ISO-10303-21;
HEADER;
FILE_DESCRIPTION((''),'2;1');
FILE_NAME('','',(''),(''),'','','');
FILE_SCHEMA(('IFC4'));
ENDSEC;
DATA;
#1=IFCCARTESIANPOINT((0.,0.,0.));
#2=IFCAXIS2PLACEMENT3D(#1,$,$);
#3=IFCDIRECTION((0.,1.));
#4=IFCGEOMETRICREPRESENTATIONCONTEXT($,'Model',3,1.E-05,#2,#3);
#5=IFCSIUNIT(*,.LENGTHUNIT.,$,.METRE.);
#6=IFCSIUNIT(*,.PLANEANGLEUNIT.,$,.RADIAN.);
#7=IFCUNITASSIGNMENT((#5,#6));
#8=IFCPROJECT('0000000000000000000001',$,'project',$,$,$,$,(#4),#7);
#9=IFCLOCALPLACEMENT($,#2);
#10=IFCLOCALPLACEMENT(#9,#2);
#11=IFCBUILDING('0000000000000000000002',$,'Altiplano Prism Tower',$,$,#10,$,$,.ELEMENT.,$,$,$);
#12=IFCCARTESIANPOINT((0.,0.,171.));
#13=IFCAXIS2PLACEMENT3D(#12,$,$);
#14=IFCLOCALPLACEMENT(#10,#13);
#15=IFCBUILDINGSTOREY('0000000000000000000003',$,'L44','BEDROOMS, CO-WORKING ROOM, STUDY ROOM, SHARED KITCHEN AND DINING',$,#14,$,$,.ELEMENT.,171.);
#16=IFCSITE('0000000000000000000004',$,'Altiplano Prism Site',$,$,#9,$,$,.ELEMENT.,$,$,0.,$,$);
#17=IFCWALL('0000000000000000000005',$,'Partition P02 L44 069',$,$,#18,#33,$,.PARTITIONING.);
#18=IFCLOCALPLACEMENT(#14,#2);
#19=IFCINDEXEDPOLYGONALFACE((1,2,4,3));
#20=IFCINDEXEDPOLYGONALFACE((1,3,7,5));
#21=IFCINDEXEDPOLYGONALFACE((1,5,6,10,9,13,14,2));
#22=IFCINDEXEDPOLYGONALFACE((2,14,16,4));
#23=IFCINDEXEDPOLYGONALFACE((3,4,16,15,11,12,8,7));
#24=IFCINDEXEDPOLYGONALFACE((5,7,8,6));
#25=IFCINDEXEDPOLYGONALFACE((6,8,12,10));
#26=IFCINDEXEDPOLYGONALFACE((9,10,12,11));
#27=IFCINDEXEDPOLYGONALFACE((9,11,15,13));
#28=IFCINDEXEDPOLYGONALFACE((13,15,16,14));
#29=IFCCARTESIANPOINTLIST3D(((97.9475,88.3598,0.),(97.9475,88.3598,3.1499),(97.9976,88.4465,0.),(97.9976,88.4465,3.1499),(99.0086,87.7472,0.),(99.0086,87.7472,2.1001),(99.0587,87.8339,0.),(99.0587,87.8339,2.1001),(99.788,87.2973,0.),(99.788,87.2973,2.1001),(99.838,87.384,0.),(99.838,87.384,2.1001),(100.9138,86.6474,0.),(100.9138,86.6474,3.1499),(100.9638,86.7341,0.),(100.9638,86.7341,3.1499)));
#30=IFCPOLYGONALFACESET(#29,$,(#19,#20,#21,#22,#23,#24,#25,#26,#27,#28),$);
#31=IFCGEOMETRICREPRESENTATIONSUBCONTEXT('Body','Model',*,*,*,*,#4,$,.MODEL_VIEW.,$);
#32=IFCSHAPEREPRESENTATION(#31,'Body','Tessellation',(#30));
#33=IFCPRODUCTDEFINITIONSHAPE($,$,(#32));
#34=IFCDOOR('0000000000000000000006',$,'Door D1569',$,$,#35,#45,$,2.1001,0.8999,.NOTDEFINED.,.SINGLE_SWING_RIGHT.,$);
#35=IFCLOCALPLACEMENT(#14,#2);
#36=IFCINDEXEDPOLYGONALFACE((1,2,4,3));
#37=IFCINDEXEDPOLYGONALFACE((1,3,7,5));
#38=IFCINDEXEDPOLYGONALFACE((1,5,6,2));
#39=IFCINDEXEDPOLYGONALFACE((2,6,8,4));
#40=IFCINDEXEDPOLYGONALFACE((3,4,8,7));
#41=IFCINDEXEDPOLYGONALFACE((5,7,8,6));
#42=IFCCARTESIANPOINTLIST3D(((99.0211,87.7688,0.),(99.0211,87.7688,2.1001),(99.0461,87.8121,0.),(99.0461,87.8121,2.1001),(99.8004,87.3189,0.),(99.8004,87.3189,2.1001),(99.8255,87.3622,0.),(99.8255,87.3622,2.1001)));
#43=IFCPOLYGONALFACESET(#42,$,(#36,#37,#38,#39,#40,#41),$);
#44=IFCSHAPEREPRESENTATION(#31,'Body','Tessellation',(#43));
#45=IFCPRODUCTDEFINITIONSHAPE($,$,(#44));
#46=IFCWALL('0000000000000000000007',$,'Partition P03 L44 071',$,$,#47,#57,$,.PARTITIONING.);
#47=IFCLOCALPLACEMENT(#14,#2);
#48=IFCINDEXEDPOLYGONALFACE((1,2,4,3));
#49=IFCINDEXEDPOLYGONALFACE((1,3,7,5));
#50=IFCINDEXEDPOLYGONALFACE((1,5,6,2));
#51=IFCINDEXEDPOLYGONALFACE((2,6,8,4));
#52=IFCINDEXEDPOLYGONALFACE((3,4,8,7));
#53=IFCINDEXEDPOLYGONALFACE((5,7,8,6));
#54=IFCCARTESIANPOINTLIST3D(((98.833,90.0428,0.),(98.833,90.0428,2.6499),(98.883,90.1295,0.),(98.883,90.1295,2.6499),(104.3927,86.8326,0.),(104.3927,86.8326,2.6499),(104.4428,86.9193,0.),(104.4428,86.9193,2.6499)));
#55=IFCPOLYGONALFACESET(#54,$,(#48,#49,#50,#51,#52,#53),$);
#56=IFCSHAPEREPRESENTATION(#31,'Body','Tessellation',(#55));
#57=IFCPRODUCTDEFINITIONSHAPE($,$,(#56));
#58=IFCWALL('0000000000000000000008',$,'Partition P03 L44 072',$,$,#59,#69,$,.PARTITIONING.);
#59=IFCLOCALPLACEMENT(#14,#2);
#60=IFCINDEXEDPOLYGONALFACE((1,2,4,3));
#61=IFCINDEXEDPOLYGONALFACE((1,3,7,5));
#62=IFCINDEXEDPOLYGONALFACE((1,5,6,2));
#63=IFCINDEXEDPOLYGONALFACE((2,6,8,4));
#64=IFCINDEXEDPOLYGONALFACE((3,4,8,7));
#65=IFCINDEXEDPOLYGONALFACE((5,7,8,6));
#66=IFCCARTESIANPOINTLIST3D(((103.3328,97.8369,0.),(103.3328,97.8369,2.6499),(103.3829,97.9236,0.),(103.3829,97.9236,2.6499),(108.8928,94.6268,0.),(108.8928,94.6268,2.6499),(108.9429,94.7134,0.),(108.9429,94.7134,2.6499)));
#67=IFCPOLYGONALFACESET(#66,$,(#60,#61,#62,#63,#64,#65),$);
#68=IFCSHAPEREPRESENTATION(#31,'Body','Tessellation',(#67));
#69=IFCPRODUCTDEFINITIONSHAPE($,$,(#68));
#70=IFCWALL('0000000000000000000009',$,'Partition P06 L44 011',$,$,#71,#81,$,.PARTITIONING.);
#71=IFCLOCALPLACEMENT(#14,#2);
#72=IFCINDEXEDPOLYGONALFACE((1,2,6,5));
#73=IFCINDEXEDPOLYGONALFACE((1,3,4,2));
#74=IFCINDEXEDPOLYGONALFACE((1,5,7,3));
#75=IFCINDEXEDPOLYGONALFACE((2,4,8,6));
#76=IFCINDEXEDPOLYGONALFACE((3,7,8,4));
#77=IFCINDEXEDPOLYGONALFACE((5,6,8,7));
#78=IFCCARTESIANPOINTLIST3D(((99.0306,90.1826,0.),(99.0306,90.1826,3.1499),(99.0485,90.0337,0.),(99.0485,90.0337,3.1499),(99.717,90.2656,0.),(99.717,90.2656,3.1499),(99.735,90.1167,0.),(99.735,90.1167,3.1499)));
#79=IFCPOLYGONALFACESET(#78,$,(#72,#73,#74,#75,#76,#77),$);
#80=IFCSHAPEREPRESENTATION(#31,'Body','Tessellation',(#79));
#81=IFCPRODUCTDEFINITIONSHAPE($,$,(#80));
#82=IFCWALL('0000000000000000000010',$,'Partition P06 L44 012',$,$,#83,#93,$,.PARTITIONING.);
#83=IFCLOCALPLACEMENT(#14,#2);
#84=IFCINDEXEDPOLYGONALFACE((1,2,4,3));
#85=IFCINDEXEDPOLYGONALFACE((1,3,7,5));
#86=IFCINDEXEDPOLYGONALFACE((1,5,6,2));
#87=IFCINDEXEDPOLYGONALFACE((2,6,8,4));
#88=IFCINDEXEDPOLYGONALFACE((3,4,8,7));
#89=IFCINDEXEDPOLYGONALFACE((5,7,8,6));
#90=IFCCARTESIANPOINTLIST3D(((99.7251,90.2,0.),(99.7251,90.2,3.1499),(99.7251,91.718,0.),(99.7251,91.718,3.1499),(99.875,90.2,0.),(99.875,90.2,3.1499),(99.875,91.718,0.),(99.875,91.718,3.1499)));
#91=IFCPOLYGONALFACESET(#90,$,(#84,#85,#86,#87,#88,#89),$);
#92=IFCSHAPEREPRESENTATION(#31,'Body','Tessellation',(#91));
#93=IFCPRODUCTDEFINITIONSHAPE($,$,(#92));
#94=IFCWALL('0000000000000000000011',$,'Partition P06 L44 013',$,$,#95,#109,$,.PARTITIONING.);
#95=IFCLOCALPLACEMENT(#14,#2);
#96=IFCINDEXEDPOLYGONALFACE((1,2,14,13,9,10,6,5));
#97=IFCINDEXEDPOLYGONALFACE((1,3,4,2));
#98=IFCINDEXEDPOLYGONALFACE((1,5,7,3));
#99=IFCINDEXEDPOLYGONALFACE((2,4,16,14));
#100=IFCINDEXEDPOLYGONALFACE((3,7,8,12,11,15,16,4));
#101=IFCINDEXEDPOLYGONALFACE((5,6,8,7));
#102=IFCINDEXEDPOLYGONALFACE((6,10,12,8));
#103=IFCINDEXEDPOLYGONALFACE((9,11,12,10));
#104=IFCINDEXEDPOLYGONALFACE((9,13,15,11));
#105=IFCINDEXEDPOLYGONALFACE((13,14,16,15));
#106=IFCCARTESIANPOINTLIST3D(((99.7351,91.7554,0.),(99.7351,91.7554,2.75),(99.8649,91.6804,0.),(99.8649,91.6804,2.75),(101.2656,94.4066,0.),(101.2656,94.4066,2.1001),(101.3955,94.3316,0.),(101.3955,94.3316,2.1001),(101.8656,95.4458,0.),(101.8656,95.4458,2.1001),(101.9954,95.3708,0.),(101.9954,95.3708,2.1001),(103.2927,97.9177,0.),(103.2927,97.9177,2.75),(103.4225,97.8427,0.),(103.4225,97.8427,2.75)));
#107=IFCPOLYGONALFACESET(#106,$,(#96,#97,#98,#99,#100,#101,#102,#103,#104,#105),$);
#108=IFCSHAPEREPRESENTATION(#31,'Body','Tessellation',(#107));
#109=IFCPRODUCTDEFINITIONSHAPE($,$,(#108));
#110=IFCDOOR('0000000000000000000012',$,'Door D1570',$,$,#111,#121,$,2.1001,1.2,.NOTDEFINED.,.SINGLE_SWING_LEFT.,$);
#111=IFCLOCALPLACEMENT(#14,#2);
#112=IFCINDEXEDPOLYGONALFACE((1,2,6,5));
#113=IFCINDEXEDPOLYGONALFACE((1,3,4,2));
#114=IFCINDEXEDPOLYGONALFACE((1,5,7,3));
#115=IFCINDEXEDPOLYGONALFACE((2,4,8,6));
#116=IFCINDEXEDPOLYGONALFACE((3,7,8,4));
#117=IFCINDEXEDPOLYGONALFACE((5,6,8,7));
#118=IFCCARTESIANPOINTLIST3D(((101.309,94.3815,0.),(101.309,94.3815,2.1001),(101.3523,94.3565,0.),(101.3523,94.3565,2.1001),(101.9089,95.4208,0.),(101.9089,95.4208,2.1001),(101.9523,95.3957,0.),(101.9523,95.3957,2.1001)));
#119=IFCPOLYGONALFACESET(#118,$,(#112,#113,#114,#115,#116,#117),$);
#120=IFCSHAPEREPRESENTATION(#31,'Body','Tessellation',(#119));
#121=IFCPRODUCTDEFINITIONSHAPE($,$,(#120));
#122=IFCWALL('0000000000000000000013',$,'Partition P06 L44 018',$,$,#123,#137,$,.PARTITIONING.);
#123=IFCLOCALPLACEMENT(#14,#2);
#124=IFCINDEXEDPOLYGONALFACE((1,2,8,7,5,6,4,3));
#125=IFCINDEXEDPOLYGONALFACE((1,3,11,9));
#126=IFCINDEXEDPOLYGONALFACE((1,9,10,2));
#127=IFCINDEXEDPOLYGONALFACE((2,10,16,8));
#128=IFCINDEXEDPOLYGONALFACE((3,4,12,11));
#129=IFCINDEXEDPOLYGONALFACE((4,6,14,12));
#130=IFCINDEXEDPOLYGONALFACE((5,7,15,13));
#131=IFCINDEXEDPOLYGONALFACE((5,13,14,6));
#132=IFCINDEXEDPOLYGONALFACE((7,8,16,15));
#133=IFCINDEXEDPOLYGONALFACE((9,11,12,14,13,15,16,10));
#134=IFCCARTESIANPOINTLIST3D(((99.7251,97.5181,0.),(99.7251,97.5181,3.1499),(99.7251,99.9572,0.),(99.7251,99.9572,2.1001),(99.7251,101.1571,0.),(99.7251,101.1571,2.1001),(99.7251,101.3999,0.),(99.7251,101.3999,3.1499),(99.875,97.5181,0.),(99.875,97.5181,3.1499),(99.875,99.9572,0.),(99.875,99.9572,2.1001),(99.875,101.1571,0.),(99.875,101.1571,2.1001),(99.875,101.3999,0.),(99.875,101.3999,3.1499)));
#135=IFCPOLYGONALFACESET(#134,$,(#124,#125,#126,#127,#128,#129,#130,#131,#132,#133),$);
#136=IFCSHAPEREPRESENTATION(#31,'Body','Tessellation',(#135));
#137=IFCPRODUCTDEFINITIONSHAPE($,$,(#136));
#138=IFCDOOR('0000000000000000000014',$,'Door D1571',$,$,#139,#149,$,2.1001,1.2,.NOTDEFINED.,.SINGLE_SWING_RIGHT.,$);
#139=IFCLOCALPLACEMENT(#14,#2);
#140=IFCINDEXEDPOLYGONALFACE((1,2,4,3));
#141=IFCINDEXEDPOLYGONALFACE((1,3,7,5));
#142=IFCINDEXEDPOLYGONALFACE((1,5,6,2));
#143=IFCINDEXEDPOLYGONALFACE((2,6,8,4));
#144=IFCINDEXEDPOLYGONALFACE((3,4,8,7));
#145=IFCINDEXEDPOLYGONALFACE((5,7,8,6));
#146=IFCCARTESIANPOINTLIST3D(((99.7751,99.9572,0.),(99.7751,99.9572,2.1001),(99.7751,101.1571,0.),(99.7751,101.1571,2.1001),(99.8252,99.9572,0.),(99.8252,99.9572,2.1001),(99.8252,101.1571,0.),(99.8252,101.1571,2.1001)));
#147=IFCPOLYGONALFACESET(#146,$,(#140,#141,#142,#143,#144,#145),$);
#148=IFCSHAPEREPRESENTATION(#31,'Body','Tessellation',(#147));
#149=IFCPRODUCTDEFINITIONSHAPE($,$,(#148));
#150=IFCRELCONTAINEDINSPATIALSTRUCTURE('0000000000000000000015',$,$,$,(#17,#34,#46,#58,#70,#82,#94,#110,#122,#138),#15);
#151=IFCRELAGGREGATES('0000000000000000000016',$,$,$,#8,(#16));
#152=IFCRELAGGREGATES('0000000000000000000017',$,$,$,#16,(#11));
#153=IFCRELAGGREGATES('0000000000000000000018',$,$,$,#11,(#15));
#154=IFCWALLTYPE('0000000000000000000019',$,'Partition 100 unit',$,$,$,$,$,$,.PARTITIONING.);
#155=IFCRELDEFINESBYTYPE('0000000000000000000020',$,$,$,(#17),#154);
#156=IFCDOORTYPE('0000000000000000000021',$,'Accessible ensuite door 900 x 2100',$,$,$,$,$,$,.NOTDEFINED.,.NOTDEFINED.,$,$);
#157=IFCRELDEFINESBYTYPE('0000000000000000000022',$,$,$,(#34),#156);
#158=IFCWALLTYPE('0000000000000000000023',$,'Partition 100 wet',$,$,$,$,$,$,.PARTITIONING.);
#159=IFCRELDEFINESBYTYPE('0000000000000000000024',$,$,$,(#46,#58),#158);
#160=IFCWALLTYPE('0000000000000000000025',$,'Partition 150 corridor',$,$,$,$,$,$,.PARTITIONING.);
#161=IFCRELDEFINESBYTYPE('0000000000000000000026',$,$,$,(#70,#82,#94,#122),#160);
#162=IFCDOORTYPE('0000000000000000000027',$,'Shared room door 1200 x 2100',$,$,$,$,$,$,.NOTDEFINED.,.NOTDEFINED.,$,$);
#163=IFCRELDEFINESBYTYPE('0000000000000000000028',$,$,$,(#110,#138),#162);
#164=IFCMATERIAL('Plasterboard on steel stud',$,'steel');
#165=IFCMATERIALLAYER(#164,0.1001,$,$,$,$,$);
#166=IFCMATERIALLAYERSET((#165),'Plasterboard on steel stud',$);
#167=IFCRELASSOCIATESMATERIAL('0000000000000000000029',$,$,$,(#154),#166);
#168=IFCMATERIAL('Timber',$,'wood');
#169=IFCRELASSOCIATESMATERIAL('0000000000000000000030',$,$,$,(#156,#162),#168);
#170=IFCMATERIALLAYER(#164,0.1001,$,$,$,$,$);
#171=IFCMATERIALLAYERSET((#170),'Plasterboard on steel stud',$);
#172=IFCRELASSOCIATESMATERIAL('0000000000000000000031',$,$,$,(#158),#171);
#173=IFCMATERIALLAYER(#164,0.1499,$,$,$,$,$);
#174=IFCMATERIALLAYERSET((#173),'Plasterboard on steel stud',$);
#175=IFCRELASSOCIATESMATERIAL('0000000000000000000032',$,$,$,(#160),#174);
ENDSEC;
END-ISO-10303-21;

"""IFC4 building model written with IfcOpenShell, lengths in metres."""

from ifc_helpers import new_model, si_unit, direction, frame, frame_2d, origin, place, context, subcontext, project, spatial, rectangle, extrude, material, layer, layer_set, type_object, element, fill, save


model = new_model("IFC4")

# Units and contexts
model_context = context("Model", 3, precision=1e-05, world=origin(), true_north=direction((0.0, 1.0)))
body_context = subcontext(model_context, "Body", "Model", "MODEL_VIEW")
ifc_project = project(units=[si_unit("LENGTHUNIT", "METRE"), si_unit("PLANEANGLEUNIT", "RADIAN")], contexts=[model_context])

# Site, building, storey
site_placement = place(None, origin())
site = spatial("IfcSite", under=ifc_project, at=site_placement, Name="Altiplano Prism Site", CompositionType="ELEMENT", RefElevation=0.0)
building_placement = place(site_placement, origin())
building = spatial("IfcBuilding", under=site, at=building_placement, Name="Altiplano Prism Tower", CompositionType="ELEMENT")
storey_placement = place(building_placement, frame((0.0, 0.0, 171.0)))
storey = spatial("IfcBuildingStorey", under=building, at=storey_placement, Name="L44", Description="BEDROOMS, CO-WORKING ROOM, STUDY ROOM, SHARED KITCHEN AND DINING", CompositionType="ELEMENT", Elevation=171.0)

# Wall, opening, door
ifc_material_1 = material(Name="Plasterboard on steel stud", Category="steel")
ifc_layer_1 = layer(ifc_material_1, 0.1001)
ifc_layer_set_1 = layer_set([ifc_layer_1], Name="Plasterboard on steel stud")
wall_type_1 = type_object("IfcWallType", Name="Partition 100 unit", PredefinedType="PARTITIONING", material=ifc_layer_set_1)
wall_1_placement = place(storey_placement, frame((97.9727, 88.4031, 0.0), z_axis=(0.0, 0.0, 1.0), x_axis=(0.86605, -0.499957, 0.0)))
wall_1 = element("IfcWall", 1, at=wall_1_placement, inside=storey, type_object=wall_type_1, Name="Partition P02 L44 069", PredefinedType="PARTITIONING", context=body_context, shape_type="SweptSolid", body=[
    extrude(rectangle(XDim=3.425, YDim=0.1001, at=frame_2d((1.7124, 0.0))), origin(), (0.0, 0.0, 1.0), 3.1499),
])
opening_1_placement = place(wall_1_placement, frame((1.2251, 0.0, 0.0)))
opening_1 = element("IfcOpeningElement", 2, at=opening_1_placement, cuts=wall_1, PredefinedType="OPENING", context=body_context, shape_type="SweptSolid", body=[
    extrude(rectangle(XDim=0.8999, YDim=2.1001, at=frame_2d((0.45, 1.05))), frame((0.0, 0.0605, 0.0), z_axis=(0.0, -1.0, 0.0), x_axis=(1.0, 0.0, 0.0)), (0.0, 0.0, 1.0), 0.1211),
])
ifc_material_2 = material(Name="Timber", Category="wood")
door_type_1 = type_object("IfcDoorType", Name="Accessible ensuite door 900 x 2100", OperationType="NOTDEFINED", PredefinedType="NOTDEFINED", material=ifc_material_2)
door_1_placement = place(opening_1_placement, origin())
door_1 = element("IfcDoor", 3, at=door_1_placement, inside=storey, type_object=door_type_1, Name="Door D1569", OperationType="SINGLE_SWING_RIGHT", OverallHeight=2.1001, OverallWidth=0.8999, PredefinedType="NOTDEFINED", context=body_context, shape_type="SweptSolid", body=[
    extrude(rectangle(XDim=0.8999, YDim=2.1001, at=frame_2d((0.45, 1.05))), frame((0.0, 0.0249, 0.0), z_axis=(0.0, -1.0, 0.0), x_axis=(1.0, 0.0, 0.0)), (0.0, 0.0, 1.0), 0.05),
])
fill(opening_1, door_1)

# Walls
ifc_layer_2 = layer(ifc_material_1, 0.1001)
ifc_layer_set_2 = layer_set([ifc_layer_2], Name="Plasterboard on steel stud")
wall_type_2 = type_object("IfcWallType", Name="Partition 100 wet", PredefinedType="PARTITIONING", material=ifc_layer_set_2)
wall_2_placement = place(storey_placement, frame((104.4177, 86.876, 0.0), z_axis=(0.0, 0.0, 1.0), x_axis=(-0.866009, 0.500029, 0.0)))
element("IfcWall", 4, at=wall_2_placement, inside=storey, type_object=wall_type_2, Name="Partition P03 L44 071", PredefinedType="PARTITIONING", context=body_context, shape_type="SweptSolid", body=[
    extrude(rectangle(XDim=6.4199, YDim=0.1001, at=frame_2d((3.21, 0.0))), origin(), (0.0, 0.0, 1.0), 2.6499),
])
wall_3_placement = place(storey_placement, frame((108.9177, 94.6702, 0.0), z_axis=(0.0, 0.0, 1.0), x_axis=(-0.866018, 0.500012, 0.0)))
element("IfcWall", 5, at=wall_3_placement, inside=storey, type_object=wall_type_2, Name="Partition P03 L44 072", PredefinedType="PARTITIONING", context=body_context, shape_type="SweptSolid", body=[
    extrude(rectangle(XDim=6.4202, YDim=0.1001, at=frame_2d((3.21, 0.0))), origin(), (0.0, 0.0, 1.0), 2.6499),
])
ifc_layer_3 = layer(ifc_material_1, 0.1499)
ifc_layer_set_3 = layer_set([ifc_layer_3], Name="Plasterboard on steel stud")
wall_type_3 = type_object("IfcWallType", Name="Partition 150 corridor", PredefinedType="PARTITIONING", material=ifc_layer_set_3)
wall_4_placement = place(storey_placement, frame((99.0396, 90.1082, 0.0), z_axis=(0.0, 0.0, 1.0), x_axis=(0.99277, 0.120036, 0.0)))
element("IfcWall", 6, at=wall_4_placement, inside=storey, type_object=wall_type_3, Name="Partition P06 L44 011", PredefinedType="PARTITIONING", context=body_context, shape_type="SweptSolid", body=[
    extrude(rectangle(XDim=0.6914, YDim=0.1499, at=frame_2d((0.3457, 0.0))), origin(), (0.0, 0.0, 1.0), 3.1499),
])
wall_5_placement = place(storey_placement, frame((99.8, 90.2, 0.0), z_axis=(0.0, 0.0, 1.0), x_axis=(0.0, 1.0, 0.0)))
element("IfcWall", 7, at=wall_5_placement, inside=storey, type_object=wall_type_3, Name="Partition P06 L44 012", PredefinedType="PARTITIONING", context=body_context, shape_type="SweptSolid", body=[
    extrude(rectangle(XDim=1.5181, YDim=0.1499, at=frame_2d((0.759, 0.0))), origin(), (0.0, 0.0, 1.0), 3.1499),
])

# Walls, openings, doors
wall_6_placement = place(storey_placement, frame((99.8, 91.718, 0.0), z_axis=(0.0, 0.0, 1.0), x_axis=(0.499977, 0.866039, 0.0)))
wall_6 = element("IfcWall", 8, at=wall_6_placement, inside=storey, type_object=wall_type_3, Name="Partition P06 L44 013", PredefinedType="PARTITIONING", context=body_context, shape_type="SweptSolid", body=[
    extrude(rectangle(XDim=7.1155, YDim=0.1499, at=frame_2d((3.5576, 0.0))), origin(), (0.0, 0.0, 1.0), 2.75),
])
opening_2_placement = place(wall_6_placement, frame((3.061, 0.0, 0.0)))
opening_2 = element("IfcOpeningElement", 9, at=opening_2_placement, cuts=wall_6, PredefinedType="OPENING", context=body_context, shape_type="SweptSolid", body=[
    extrude(rectangle(XDim=1.2, YDim=2.1001, at=frame_2d((0.6001, 1.05))), frame((0.0, 0.0854, 0.0), z_axis=(0.0, -1.0, 0.0), x_axis=(1.0, 0.0, 0.0)), (0.0, 0.0, 1.0), 0.1709),
])
door_type_2 = type_object("IfcDoorType", Name="Shared room door 1200 x 2100", OperationType="NOTDEFINED", PredefinedType="NOTDEFINED", material=ifc_material_2)
door_2_placement = place(opening_2_placement, origin())
door_2 = element("IfcDoor", 10, at=door_2_placement, inside=storey, type_object=door_type_2, Name="Door D1570", OperationType="SINGLE_SWING_LEFT", OverallHeight=2.1001, OverallWidth=1.2, PredefinedType="NOTDEFINED", context=body_context, shape_type="SweptSolid", body=[
    extrude(rectangle(XDim=1.2, YDim=2.1001, at=frame_2d((0.6001, 1.05))), frame((0.0, 0.0249, 0.0), z_axis=(0.0, -1.0, 0.0), x_axis=(1.0, 0.0, 0.0)), (0.0, 0.0, 1.0), 0.05),
])
fill(opening_2, door_2)
wall_7_placement = place(storey_placement, frame((99.8, 97.5181, 0.0), z_axis=(0.0, 0.0, 1.0), x_axis=(0.0, 1.0, 0.0)))
wall_7 = element("IfcWall", 11, at=wall_7_placement, inside=storey, type_object=wall_type_3, Name="Partition P06 L44 018", PredefinedType="PARTITIONING", context=body_context, shape_type="SweptSolid", body=[
    extrude(rectangle(XDim=3.8818, YDim=0.1499, at=frame_2d((1.9409, 0.0))), origin(), (0.0, 0.0, 1.0), 3.1499),
])
opening_3_placement = place(wall_7_placement, frame((2.439, 0.0, 0.0)))
opening_3 = element("IfcOpeningElement", 12, at=opening_3_placement, cuts=wall_7, PredefinedType="OPENING", context=body_context, shape_type="SweptSolid", body=[
    extrude(rectangle(XDim=1.2, YDim=2.1001, at=frame_2d((0.6001, 1.05))), frame((0.0, 0.0854, 0.0), z_axis=(0.0, -1.0, 0.0), x_axis=(1.0, 0.0, 0.0)), (0.0, 0.0, 1.0), 0.1709),
])
door_3_placement = place(opening_3_placement, origin())
door_3 = element("IfcDoor", 13, at=door_3_placement, inside=storey, type_object=door_type_2, Name="Door D1571", OperationType="SINGLE_SWING_RIGHT", OverallHeight=2.1001, OverallWidth=1.2, PredefinedType="NOTDEFINED", context=body_context, shape_type="SweptSolid", body=[
    extrude(rectangle(XDim=1.2, YDim=2.1001, at=frame_2d((0.6001, 1.05))), frame((0.0, 0.0249, 0.0), z_axis=(0.0, -1.0, 0.0), x_axis=(1.0, 0.0, 0.0)), (0.0, 0.0, 1.0), 0.05),
])
fill(opening_3, door_3)

save(model, "model.ifc")
